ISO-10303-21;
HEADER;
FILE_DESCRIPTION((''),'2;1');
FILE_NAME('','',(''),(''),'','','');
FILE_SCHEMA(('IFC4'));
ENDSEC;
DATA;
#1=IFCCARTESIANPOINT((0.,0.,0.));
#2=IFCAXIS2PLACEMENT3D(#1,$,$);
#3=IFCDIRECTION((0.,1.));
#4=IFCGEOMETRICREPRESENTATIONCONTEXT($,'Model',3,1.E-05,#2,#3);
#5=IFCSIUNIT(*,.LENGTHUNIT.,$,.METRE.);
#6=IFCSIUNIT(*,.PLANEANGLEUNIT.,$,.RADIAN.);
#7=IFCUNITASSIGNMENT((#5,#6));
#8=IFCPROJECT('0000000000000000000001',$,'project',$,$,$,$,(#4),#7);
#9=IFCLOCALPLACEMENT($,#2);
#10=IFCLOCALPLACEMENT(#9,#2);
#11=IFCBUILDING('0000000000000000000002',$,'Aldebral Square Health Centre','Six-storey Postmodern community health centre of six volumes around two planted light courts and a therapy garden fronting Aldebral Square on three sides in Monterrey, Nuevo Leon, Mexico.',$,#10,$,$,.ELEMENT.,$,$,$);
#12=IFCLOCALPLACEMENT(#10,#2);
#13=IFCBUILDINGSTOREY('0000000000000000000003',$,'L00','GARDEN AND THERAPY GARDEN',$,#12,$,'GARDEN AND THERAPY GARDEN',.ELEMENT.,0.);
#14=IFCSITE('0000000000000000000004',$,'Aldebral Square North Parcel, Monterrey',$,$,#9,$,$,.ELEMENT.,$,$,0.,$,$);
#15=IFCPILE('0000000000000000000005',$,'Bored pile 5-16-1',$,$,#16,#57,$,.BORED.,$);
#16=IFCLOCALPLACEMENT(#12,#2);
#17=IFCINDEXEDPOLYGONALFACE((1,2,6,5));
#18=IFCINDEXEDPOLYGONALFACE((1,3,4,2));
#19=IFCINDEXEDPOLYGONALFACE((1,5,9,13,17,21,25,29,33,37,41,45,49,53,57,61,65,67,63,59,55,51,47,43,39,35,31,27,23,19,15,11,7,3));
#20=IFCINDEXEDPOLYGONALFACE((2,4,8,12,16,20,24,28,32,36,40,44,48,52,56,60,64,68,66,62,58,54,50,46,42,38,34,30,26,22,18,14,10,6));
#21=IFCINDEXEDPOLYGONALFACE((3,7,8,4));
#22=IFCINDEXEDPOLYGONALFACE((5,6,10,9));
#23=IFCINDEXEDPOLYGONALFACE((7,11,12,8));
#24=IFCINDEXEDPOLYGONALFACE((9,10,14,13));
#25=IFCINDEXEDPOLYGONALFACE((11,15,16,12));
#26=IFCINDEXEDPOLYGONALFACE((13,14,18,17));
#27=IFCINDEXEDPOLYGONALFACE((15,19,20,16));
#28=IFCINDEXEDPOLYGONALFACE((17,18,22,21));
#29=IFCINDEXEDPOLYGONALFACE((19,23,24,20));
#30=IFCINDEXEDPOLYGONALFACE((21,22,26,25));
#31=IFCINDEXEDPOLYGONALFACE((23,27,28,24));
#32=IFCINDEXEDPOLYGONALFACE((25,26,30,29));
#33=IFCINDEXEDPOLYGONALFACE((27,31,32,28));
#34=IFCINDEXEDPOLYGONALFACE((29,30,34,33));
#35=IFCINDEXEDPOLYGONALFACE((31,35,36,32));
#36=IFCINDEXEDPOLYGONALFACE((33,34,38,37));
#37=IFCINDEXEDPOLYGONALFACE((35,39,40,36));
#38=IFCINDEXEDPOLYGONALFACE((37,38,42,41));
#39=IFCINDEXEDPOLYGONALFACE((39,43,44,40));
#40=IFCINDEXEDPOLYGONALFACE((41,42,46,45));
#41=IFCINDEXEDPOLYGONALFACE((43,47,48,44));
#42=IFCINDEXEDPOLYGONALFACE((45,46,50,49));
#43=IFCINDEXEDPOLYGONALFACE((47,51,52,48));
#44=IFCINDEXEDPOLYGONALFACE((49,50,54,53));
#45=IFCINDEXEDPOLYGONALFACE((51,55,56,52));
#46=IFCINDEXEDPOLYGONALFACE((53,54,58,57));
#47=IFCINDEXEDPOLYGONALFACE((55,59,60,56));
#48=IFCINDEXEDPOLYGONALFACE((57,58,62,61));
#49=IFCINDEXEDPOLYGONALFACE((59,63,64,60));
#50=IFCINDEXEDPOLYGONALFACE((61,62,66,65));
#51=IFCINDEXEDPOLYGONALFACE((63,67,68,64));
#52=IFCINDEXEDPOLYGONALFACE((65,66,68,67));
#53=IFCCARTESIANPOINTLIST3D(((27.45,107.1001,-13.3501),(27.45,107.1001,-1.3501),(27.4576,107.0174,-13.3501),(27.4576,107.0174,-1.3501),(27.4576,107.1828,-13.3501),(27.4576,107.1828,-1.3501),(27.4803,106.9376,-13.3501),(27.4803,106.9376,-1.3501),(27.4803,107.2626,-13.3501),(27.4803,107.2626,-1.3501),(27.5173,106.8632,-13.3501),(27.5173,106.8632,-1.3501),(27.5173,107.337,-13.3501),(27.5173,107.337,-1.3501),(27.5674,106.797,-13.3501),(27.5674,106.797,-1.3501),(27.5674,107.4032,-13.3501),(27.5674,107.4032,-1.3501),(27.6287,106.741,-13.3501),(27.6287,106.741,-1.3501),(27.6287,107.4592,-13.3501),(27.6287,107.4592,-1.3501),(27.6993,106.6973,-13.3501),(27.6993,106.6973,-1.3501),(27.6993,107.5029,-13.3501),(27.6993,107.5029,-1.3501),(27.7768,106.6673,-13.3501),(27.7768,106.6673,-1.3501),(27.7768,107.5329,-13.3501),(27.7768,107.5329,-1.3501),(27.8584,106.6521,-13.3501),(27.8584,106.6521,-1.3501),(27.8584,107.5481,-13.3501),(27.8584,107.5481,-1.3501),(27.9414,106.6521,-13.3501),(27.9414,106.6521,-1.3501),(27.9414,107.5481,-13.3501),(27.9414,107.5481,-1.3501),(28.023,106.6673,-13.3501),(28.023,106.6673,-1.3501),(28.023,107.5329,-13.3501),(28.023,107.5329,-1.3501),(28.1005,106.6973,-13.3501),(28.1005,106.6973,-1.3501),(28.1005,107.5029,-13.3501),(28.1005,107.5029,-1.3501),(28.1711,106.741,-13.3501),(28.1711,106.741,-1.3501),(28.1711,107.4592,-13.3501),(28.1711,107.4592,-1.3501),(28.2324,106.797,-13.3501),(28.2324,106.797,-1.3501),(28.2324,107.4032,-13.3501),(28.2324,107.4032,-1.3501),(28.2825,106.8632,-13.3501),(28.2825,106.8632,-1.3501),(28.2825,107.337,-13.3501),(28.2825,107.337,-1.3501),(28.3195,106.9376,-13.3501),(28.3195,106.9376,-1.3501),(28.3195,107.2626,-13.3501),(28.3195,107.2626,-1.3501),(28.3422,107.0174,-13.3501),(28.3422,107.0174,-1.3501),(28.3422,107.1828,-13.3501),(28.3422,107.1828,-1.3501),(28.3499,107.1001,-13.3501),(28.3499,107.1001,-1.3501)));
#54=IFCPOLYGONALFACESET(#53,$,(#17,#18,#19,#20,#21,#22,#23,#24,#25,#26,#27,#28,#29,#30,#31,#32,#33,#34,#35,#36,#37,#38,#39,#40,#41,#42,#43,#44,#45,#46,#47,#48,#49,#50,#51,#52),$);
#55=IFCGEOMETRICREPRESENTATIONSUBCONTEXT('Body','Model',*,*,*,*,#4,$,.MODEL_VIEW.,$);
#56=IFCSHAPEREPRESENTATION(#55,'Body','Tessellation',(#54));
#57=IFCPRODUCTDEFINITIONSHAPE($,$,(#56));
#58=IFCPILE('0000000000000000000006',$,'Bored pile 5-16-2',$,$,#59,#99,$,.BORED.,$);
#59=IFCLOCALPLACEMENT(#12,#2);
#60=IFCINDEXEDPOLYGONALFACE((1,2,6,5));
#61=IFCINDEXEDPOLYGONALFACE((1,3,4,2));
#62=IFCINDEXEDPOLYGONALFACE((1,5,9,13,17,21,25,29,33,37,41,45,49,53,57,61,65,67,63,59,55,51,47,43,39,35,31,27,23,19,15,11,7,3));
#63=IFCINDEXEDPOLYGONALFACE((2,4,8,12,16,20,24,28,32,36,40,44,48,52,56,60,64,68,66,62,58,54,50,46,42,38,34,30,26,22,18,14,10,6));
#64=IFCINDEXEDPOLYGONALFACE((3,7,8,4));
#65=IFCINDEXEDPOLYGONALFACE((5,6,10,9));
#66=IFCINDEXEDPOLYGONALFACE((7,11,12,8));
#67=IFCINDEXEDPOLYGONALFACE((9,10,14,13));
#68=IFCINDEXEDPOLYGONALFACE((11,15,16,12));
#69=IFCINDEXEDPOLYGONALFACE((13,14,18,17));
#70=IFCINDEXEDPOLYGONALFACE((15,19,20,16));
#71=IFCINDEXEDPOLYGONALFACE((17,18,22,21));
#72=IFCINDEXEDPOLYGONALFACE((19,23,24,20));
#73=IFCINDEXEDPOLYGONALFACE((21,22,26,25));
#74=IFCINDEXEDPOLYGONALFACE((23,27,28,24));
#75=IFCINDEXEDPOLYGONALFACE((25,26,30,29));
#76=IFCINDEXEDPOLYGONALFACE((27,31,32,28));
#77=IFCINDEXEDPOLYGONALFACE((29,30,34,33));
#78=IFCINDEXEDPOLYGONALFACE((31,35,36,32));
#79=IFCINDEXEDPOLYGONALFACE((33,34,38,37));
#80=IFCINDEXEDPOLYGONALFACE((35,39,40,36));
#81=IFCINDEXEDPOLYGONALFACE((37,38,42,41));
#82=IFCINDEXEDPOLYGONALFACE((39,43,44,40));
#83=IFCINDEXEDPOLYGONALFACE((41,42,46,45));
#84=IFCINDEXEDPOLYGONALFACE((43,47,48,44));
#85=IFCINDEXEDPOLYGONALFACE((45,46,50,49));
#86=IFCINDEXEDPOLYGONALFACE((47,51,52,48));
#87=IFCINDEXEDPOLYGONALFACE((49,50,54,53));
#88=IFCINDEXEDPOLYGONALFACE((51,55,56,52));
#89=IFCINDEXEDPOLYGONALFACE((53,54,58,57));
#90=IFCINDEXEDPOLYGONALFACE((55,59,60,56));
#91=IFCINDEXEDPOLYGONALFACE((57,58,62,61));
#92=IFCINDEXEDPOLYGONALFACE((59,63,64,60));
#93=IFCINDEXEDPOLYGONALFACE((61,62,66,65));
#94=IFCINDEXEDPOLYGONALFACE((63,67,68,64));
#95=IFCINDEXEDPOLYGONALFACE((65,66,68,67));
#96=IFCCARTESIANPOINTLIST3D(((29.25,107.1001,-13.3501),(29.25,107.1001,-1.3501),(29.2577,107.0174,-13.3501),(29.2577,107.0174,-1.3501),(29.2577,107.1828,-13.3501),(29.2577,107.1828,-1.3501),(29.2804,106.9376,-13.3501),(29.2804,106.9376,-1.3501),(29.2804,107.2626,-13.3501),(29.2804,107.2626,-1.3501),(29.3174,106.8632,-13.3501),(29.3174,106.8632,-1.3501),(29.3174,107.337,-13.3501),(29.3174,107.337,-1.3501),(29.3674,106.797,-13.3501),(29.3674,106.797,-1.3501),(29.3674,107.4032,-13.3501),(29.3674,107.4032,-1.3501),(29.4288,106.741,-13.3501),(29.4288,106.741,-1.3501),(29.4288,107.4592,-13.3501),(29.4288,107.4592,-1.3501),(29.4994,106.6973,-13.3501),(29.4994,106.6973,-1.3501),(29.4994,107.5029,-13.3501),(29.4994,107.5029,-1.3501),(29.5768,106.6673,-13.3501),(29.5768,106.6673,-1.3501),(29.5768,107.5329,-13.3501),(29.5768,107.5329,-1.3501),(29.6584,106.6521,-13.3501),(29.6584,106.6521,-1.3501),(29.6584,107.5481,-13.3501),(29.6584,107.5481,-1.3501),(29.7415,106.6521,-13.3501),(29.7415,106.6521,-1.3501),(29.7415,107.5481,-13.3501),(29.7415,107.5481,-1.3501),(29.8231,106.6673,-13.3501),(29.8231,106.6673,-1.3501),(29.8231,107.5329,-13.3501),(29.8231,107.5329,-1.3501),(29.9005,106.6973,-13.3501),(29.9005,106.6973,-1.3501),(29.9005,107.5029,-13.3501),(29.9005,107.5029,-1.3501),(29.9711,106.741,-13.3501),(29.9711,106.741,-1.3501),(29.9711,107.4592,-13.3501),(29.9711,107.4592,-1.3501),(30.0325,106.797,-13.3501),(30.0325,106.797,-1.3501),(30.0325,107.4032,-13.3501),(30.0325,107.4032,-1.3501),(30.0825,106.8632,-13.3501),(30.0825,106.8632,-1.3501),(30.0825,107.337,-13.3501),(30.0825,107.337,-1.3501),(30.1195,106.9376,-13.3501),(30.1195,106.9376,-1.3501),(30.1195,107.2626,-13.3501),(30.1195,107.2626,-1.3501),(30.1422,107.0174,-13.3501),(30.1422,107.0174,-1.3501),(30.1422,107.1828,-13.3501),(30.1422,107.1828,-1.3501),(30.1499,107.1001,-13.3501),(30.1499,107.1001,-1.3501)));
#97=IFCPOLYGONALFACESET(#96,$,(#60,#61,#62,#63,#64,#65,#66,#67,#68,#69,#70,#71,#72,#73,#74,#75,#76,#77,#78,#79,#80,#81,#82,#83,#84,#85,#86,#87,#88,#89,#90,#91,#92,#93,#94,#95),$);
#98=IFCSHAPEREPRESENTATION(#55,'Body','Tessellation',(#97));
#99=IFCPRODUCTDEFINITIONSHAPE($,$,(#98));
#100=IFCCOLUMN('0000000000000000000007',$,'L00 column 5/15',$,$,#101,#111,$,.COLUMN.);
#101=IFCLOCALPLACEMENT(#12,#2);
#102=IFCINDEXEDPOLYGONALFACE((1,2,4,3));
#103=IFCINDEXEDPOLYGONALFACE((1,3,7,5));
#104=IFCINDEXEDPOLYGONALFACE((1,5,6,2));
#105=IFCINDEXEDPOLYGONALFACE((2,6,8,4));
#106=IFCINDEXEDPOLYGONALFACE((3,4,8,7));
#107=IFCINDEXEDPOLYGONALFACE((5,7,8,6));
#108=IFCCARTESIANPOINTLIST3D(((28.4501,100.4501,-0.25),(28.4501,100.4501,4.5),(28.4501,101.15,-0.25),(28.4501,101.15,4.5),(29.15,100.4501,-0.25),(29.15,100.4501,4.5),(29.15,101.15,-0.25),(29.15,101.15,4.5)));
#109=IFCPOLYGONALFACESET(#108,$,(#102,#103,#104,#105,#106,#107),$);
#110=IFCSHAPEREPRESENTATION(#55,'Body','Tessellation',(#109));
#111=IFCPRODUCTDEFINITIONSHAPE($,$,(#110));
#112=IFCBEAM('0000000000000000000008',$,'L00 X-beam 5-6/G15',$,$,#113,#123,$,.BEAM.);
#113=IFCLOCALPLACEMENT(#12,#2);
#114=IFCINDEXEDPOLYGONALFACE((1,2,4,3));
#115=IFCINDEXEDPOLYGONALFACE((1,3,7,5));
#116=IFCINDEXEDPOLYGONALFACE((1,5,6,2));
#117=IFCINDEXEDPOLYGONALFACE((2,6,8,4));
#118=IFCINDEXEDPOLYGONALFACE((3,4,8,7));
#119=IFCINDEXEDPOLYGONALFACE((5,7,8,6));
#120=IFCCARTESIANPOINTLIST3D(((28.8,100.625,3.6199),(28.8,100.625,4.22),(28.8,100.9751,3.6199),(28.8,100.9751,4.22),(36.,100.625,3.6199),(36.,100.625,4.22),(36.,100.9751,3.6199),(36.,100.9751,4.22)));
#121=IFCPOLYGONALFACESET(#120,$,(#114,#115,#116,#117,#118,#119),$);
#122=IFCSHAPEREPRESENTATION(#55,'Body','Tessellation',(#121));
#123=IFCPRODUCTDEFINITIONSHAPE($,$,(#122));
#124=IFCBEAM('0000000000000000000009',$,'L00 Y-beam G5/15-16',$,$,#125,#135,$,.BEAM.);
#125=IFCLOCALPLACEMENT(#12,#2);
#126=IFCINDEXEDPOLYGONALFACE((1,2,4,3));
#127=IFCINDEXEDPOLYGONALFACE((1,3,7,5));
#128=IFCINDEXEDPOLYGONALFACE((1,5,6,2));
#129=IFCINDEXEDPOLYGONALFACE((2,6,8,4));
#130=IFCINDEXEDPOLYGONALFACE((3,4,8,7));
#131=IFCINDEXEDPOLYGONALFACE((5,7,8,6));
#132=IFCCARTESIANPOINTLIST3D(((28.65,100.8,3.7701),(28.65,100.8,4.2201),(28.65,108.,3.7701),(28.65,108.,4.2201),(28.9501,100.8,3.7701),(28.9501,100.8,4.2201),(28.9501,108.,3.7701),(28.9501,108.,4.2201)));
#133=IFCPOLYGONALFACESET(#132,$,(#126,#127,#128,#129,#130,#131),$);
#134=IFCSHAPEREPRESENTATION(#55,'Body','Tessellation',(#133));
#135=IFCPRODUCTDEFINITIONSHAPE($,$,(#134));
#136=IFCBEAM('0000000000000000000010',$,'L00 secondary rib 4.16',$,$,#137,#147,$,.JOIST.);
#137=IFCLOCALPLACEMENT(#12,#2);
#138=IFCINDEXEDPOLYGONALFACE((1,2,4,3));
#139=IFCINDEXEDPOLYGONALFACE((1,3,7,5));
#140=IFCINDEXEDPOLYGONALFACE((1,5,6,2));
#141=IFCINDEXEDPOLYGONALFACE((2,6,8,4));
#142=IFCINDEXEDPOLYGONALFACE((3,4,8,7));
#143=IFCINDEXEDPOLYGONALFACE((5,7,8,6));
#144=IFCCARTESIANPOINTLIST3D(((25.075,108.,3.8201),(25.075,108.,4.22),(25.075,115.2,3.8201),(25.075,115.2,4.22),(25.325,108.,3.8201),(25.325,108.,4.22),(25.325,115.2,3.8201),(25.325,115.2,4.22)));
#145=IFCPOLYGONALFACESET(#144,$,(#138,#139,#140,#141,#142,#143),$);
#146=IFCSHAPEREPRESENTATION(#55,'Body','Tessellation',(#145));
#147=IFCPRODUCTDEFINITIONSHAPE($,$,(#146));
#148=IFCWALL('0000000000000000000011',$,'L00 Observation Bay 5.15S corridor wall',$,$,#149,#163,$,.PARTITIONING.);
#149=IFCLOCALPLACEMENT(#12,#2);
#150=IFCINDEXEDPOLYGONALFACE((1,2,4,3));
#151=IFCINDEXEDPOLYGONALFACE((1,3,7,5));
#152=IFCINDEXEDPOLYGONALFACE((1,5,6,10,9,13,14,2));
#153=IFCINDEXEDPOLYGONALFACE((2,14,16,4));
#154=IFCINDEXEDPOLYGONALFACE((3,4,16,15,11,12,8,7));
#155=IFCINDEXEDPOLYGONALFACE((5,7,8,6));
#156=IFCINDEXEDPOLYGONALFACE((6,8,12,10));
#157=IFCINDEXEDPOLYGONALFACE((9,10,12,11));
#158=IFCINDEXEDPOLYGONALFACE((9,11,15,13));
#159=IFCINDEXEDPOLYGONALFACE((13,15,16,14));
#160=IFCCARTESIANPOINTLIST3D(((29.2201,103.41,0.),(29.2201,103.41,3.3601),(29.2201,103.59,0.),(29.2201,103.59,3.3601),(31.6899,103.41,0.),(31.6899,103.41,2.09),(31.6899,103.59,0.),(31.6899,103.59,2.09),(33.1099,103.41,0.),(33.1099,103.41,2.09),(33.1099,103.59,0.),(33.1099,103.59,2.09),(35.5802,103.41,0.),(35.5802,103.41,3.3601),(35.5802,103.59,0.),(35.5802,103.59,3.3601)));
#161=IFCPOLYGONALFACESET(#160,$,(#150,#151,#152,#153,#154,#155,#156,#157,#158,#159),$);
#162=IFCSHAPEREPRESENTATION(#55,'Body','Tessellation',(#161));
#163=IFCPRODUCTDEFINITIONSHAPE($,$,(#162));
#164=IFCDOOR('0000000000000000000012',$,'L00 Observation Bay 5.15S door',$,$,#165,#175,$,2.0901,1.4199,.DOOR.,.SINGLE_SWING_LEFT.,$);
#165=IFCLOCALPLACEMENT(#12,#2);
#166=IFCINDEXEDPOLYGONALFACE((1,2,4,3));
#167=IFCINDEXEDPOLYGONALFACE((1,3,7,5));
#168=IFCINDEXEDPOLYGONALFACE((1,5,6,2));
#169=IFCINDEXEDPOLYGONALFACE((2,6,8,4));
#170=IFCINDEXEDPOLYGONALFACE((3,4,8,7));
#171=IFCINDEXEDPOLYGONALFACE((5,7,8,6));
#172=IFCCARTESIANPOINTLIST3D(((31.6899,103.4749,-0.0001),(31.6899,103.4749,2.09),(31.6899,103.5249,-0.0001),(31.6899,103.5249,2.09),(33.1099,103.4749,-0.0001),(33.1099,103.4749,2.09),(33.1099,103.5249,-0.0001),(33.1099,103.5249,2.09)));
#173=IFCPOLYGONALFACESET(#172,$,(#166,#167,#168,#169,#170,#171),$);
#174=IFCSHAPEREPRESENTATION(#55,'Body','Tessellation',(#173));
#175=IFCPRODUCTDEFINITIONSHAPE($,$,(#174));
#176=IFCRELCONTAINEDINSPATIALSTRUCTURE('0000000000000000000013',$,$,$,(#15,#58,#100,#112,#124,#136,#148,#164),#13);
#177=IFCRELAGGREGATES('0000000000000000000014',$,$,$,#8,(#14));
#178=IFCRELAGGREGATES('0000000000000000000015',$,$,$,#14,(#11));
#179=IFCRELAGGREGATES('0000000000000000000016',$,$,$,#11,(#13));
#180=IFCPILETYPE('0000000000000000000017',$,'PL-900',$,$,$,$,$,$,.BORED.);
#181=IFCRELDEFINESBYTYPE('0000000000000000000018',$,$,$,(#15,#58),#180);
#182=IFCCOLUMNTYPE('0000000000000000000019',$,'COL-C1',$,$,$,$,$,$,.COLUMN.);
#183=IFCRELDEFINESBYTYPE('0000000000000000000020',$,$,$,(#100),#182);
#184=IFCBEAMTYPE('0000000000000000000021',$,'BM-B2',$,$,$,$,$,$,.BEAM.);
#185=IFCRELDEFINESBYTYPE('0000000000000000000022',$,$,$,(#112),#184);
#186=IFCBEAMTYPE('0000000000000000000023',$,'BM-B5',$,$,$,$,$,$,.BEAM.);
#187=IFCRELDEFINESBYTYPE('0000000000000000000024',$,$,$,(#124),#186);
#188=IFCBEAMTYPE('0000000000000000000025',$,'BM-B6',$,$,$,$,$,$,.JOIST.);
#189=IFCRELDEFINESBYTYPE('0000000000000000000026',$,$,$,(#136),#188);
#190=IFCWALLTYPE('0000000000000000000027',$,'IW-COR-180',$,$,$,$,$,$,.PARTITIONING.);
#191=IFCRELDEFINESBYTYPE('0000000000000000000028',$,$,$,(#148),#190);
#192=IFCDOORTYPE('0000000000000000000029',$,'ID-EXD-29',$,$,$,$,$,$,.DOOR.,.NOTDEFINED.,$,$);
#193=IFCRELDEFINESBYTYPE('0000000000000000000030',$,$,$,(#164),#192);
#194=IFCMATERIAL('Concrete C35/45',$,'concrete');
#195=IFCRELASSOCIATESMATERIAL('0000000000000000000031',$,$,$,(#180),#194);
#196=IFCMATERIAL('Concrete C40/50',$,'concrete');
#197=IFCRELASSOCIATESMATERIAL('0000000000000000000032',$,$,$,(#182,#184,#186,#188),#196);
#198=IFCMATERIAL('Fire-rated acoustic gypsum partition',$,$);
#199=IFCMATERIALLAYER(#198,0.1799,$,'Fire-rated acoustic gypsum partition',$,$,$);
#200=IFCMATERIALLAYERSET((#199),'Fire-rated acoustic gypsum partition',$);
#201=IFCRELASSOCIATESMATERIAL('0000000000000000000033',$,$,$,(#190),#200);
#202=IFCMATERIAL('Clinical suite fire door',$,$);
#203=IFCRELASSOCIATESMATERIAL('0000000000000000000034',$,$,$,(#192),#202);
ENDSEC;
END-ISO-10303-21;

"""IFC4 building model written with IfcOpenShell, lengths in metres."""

from ifc_helpers import new_model, si_unit, direction, frame, frame_2d, origin, origin_2d, place, context, subcontext, project, spatial, rectangle, circle, extrude, material, layer, layer_set, material_profile, profile_set, type_object, element, fill, save


model = new_model("IFC4")

# Units and contexts
model_context = context("Model", 3, precision=1e-05, world=origin(), true_north=direction((0.0, 1.0)))
body_context = subcontext(model_context, "Body", "Model", "MODEL_VIEW")
ifc_project = project(units=[si_unit("LENGTHUNIT", "METRE"), si_unit("PLANEANGLEUNIT", "RADIAN")], contexts=[model_context])

# Site, building, storey
site_placement = place(None, origin())
site = spatial("IfcSite", under=ifc_project, at=site_placement, Name="Aldebral Square North Parcel, Monterrey", CompositionType="ELEMENT", RefElevation=0.0)
building_placement = place(site_placement, origin())
building = spatial("IfcBuilding", under=site, at=building_placement, Name="Aldebral Square Health Centre", Description="Six-storey Postmodern community health centre of six volumes around two planted light courts and a therapy garden fronting Aldebral Square on three sides in Monterrey, Nuevo Leon, Mexico.", CompositionType="ELEMENT")
storey_placement = place(building_placement, origin())
storey = spatial("IfcBuildingStorey", under=building, at=storey_placement, Name="L00", Description="GARDEN AND THERAPY GARDEN", LongName="GARDEN AND THERAPY GARDEN", CompositionType="ELEMENT", Elevation=0.0)

# Shared definitions
ifc_material_1 = material(Name="Concrete C35/45", Category="concrete")

# Piles
ifc_material_profile_1 = material_profile(ifc_material_1, circle(Radius=0.45, at=origin_2d()), Name="PILE D900")
ifc_profile_set_1 = profile_set([ifc_material_profile_1], Name="Concrete C35/45")
pile_type = type_object("IfcPileType", Name="PL-900", PredefinedType="BORED", material=ifc_profile_set_1)
for number, where, z_axis, x_axis, name in (
    (1, (27.8999, 107.1001, -1.3501), (0.0, 0.0, -1.0), (1.0, 0.0, 0.0), "Bored pile 5-16-1"),
    (2, (29.7, 107.1001, -1.3501), (0.0, 0.0, -1.0), (1.0, 0.0, 0.0), "Bored pile 5-16-2"),
):
    element("IfcPile", number, at=place(storey_placement, frame(where, z_axis=z_axis, x_axis=x_axis)), inside=storey, type_object=pile_type, Name=name, PredefinedType="BORED", context=body_context, shape_type="SweptSolid", body=[
        extrude(circle(Radius=0.45, at=origin_2d()), origin(), (0.0, 0.0, 1.0), 12.0),
    ])

# Column
ifc_material_2 = material(Name="Concrete C40/50", Category="concrete")
ifc_material_profile_2 = material_profile(ifc_material_2, rectangle(XDim=0.7, YDim=0.7, at=origin_2d()), Name="RC 700x700")
ifc_profile_set_2 = profile_set([ifc_material_profile_2], Name="Concrete C40/50")
column_type = type_object("IfcColumnType", Name="COL-C1", PredefinedType="COLUMN", material=ifc_profile_set_2)
column_placement = place(storey_placement, frame((28.8, 100.8, -0.25), z_axis=(0.0, 0.0, 1.0), x_axis=(1.0, 0.0, 0.0)))
element("IfcColumn", 3, at=column_placement, inside=storey, type_object=column_type, Name="L00 column 5/15", PredefinedType="COLUMN", context=body_context, shape_type="SweptSolid", body=[
    extrude(rectangle(XDim=0.7, YDim=0.7, at=origin_2d()), origin(), (0.0, 0.0, 1.0), 4.75),
])

# Beams
ifc_material_profile_3 = material_profile(ifc_material_2, rectangle(XDim=0.3501, YDim=0.6001, at=origin_2d()), Name="RC 350x600")
ifc_profile_set_3 = profile_set([ifc_material_profile_3], Name="Concrete C40/50")
beam_type_1 = type_object("IfcBeamType", Name="BM-B2", PredefinedType="BEAM", material=ifc_profile_set_3)
beam_1_placement = place(storey_placement, frame((28.8, 100.8, 3.9199), z_axis=(1.0, 0.0, 0.0), x_axis=(0.0, 1.0, 0.0)))
element("IfcBeam", 4, at=beam_1_placement, inside=storey, type_object=beam_type_1, Name="L00 X-beam 5-6/G15", PredefinedType="BEAM", context=body_context, shape_type="SweptSolid", body=[
    extrude(rectangle(XDim=0.3501, YDim=0.6001, at=origin_2d()), origin(), (0.0, 0.0, 1.0), 7.2),
])
ifc_material_profile_4 = material_profile(ifc_material_2, rectangle(XDim=0.3, YDim=0.45, at=origin_2d()), Name="RC 300x450")
ifc_profile_set_4 = profile_set([ifc_material_profile_4], Name="Concrete C40/50")
beam_type_2 = type_object("IfcBeamType", Name="BM-B5", PredefinedType="BEAM", material=ifc_profile_set_4)
beam_2_placement = place(storey_placement, frame((28.8, 100.8, 3.9951), z_axis=(0.0, 1.0, 0.0), x_axis=(-1.0, 0.0, 0.0)))
element("IfcBeam", 5, at=beam_2_placement, inside=storey, type_object=beam_type_2, Name="L00 Y-beam G5/15-16", PredefinedType="BEAM", context=body_context, shape_type="SweptSolid", body=[
    extrude(rectangle(XDim=0.3, YDim=0.45, at=origin_2d()), origin(), (0.0, 0.0, 1.0), 7.2),
])
ifc_material_profile_5 = material_profile(ifc_material_2, rectangle(XDim=0.25, YDim=0.3999, at=origin_2d()), Name="RC 250x400")
ifc_profile_set_5 = profile_set([ifc_material_profile_5], Name="Concrete C40/50")
beam_type_3 = type_object("IfcBeamType", Name="BM-B6", PredefinedType="JOIST", material=ifc_profile_set_5)
beam_3_placement = place(storey_placement, frame((25.2, 108.0, 4.02), z_axis=(0.0, 1.0, 0.0), x_axis=(-1.0, 0.0, 0.0)))
element("IfcBeam", 6, at=beam_3_placement, inside=storey, type_object=beam_type_3, Name="L00 secondary rib 4.16", PredefinedType="JOIST", context=body_context, shape_type="SweptSolid", body=[
    extrude(rectangle(XDim=0.25, YDim=0.3999, at=origin_2d()), origin(), (0.0, 0.0, 1.0), 7.2),
])

# Wall, opening, door
ifc_material_3 = material(Name="Fire-rated acoustic gypsum partition")
ifc_layer_1 = layer(ifc_material_3, 0.1799, Name="Fire-rated acoustic gypsum partition")
ifc_layer_set_1 = layer_set([ifc_layer_1], Name="Fire-rated acoustic gypsum partition")
wall_type_1 = type_object("IfcWallType", Name="IW-COR-180", PredefinedType="PARTITIONING", material=ifc_layer_set_1)
wall_1_placement = place(storey_placement, frame((29.22, 103.5, 0.0), z_axis=(0.0, 0.0, 1.0), x_axis=(1.0, 0.0, 0.0)))
wall_1 = element("IfcWall", 7, at=wall_1_placement, inside=storey, type_object=wall_type_1, Name="L00 Observation Bay 5.15S corridor wall", PredefinedType="PARTITIONING", context=body_context, shape_type="SweptSolid", body=[
    extrude(rectangle(XDim=6.3601, YDim=0.1799, at=frame_2d((3.1802, 0.0))), origin(), (0.0, 0.0, 1.0), 3.3601),
])
opening_1_placement = place(wall_1_placement, frame((2.47, 0.0, 0.0)))
opening_1 = element("IfcOpeningElement", 8, at=opening_1_placement, cuts=wall_1, PredefinedType="OPENING", context=body_context, shape_type="SweptSolid", body=[
    extrude(rectangle(XDim=1.4199, YDim=2.0901, at=frame_2d((0.71, 1.0449))), frame((0.0, 0.1001, 0.0), z_axis=(0.0, -1.0, 0.0), x_axis=(1.0, 0.0, 0.0)), (0.0, 0.0, 1.0), 0.2),
])
ifc_material_4 = material(Name="Clinical suite fire door")
door_type_1 = type_object("IfcDoorType", Name="ID-EXD-29", OperationType="NOTDEFINED", PredefinedType="DOOR", material=ifc_material_4)
door_1_placement = place(opening_1_placement, origin())
door_1 = element("IfcDoor", 9, at=door_1_placement, inside=storey, type_object=door_type_1, Name="L00 Observation Bay 5.15S door", OperationType="SINGLE_SWING_LEFT", OverallHeight=2.0901, OverallWidth=1.4199, PredefinedType="DOOR", context=body_context, shape_type="SweptSolid", body=[
    extrude(rectangle(XDim=1.4199, YDim=2.0901, at=frame_2d((0.71, 1.0449))), frame((0.0, 0.0249, 0.0), z_axis=(0.0, -1.0, 0.0), x_axis=(1.0, 0.0, 0.0)), (0.0, 0.0, 1.0), 0.05),
])
fill(opening_1, door_1)

save(model, "model.ifc")
